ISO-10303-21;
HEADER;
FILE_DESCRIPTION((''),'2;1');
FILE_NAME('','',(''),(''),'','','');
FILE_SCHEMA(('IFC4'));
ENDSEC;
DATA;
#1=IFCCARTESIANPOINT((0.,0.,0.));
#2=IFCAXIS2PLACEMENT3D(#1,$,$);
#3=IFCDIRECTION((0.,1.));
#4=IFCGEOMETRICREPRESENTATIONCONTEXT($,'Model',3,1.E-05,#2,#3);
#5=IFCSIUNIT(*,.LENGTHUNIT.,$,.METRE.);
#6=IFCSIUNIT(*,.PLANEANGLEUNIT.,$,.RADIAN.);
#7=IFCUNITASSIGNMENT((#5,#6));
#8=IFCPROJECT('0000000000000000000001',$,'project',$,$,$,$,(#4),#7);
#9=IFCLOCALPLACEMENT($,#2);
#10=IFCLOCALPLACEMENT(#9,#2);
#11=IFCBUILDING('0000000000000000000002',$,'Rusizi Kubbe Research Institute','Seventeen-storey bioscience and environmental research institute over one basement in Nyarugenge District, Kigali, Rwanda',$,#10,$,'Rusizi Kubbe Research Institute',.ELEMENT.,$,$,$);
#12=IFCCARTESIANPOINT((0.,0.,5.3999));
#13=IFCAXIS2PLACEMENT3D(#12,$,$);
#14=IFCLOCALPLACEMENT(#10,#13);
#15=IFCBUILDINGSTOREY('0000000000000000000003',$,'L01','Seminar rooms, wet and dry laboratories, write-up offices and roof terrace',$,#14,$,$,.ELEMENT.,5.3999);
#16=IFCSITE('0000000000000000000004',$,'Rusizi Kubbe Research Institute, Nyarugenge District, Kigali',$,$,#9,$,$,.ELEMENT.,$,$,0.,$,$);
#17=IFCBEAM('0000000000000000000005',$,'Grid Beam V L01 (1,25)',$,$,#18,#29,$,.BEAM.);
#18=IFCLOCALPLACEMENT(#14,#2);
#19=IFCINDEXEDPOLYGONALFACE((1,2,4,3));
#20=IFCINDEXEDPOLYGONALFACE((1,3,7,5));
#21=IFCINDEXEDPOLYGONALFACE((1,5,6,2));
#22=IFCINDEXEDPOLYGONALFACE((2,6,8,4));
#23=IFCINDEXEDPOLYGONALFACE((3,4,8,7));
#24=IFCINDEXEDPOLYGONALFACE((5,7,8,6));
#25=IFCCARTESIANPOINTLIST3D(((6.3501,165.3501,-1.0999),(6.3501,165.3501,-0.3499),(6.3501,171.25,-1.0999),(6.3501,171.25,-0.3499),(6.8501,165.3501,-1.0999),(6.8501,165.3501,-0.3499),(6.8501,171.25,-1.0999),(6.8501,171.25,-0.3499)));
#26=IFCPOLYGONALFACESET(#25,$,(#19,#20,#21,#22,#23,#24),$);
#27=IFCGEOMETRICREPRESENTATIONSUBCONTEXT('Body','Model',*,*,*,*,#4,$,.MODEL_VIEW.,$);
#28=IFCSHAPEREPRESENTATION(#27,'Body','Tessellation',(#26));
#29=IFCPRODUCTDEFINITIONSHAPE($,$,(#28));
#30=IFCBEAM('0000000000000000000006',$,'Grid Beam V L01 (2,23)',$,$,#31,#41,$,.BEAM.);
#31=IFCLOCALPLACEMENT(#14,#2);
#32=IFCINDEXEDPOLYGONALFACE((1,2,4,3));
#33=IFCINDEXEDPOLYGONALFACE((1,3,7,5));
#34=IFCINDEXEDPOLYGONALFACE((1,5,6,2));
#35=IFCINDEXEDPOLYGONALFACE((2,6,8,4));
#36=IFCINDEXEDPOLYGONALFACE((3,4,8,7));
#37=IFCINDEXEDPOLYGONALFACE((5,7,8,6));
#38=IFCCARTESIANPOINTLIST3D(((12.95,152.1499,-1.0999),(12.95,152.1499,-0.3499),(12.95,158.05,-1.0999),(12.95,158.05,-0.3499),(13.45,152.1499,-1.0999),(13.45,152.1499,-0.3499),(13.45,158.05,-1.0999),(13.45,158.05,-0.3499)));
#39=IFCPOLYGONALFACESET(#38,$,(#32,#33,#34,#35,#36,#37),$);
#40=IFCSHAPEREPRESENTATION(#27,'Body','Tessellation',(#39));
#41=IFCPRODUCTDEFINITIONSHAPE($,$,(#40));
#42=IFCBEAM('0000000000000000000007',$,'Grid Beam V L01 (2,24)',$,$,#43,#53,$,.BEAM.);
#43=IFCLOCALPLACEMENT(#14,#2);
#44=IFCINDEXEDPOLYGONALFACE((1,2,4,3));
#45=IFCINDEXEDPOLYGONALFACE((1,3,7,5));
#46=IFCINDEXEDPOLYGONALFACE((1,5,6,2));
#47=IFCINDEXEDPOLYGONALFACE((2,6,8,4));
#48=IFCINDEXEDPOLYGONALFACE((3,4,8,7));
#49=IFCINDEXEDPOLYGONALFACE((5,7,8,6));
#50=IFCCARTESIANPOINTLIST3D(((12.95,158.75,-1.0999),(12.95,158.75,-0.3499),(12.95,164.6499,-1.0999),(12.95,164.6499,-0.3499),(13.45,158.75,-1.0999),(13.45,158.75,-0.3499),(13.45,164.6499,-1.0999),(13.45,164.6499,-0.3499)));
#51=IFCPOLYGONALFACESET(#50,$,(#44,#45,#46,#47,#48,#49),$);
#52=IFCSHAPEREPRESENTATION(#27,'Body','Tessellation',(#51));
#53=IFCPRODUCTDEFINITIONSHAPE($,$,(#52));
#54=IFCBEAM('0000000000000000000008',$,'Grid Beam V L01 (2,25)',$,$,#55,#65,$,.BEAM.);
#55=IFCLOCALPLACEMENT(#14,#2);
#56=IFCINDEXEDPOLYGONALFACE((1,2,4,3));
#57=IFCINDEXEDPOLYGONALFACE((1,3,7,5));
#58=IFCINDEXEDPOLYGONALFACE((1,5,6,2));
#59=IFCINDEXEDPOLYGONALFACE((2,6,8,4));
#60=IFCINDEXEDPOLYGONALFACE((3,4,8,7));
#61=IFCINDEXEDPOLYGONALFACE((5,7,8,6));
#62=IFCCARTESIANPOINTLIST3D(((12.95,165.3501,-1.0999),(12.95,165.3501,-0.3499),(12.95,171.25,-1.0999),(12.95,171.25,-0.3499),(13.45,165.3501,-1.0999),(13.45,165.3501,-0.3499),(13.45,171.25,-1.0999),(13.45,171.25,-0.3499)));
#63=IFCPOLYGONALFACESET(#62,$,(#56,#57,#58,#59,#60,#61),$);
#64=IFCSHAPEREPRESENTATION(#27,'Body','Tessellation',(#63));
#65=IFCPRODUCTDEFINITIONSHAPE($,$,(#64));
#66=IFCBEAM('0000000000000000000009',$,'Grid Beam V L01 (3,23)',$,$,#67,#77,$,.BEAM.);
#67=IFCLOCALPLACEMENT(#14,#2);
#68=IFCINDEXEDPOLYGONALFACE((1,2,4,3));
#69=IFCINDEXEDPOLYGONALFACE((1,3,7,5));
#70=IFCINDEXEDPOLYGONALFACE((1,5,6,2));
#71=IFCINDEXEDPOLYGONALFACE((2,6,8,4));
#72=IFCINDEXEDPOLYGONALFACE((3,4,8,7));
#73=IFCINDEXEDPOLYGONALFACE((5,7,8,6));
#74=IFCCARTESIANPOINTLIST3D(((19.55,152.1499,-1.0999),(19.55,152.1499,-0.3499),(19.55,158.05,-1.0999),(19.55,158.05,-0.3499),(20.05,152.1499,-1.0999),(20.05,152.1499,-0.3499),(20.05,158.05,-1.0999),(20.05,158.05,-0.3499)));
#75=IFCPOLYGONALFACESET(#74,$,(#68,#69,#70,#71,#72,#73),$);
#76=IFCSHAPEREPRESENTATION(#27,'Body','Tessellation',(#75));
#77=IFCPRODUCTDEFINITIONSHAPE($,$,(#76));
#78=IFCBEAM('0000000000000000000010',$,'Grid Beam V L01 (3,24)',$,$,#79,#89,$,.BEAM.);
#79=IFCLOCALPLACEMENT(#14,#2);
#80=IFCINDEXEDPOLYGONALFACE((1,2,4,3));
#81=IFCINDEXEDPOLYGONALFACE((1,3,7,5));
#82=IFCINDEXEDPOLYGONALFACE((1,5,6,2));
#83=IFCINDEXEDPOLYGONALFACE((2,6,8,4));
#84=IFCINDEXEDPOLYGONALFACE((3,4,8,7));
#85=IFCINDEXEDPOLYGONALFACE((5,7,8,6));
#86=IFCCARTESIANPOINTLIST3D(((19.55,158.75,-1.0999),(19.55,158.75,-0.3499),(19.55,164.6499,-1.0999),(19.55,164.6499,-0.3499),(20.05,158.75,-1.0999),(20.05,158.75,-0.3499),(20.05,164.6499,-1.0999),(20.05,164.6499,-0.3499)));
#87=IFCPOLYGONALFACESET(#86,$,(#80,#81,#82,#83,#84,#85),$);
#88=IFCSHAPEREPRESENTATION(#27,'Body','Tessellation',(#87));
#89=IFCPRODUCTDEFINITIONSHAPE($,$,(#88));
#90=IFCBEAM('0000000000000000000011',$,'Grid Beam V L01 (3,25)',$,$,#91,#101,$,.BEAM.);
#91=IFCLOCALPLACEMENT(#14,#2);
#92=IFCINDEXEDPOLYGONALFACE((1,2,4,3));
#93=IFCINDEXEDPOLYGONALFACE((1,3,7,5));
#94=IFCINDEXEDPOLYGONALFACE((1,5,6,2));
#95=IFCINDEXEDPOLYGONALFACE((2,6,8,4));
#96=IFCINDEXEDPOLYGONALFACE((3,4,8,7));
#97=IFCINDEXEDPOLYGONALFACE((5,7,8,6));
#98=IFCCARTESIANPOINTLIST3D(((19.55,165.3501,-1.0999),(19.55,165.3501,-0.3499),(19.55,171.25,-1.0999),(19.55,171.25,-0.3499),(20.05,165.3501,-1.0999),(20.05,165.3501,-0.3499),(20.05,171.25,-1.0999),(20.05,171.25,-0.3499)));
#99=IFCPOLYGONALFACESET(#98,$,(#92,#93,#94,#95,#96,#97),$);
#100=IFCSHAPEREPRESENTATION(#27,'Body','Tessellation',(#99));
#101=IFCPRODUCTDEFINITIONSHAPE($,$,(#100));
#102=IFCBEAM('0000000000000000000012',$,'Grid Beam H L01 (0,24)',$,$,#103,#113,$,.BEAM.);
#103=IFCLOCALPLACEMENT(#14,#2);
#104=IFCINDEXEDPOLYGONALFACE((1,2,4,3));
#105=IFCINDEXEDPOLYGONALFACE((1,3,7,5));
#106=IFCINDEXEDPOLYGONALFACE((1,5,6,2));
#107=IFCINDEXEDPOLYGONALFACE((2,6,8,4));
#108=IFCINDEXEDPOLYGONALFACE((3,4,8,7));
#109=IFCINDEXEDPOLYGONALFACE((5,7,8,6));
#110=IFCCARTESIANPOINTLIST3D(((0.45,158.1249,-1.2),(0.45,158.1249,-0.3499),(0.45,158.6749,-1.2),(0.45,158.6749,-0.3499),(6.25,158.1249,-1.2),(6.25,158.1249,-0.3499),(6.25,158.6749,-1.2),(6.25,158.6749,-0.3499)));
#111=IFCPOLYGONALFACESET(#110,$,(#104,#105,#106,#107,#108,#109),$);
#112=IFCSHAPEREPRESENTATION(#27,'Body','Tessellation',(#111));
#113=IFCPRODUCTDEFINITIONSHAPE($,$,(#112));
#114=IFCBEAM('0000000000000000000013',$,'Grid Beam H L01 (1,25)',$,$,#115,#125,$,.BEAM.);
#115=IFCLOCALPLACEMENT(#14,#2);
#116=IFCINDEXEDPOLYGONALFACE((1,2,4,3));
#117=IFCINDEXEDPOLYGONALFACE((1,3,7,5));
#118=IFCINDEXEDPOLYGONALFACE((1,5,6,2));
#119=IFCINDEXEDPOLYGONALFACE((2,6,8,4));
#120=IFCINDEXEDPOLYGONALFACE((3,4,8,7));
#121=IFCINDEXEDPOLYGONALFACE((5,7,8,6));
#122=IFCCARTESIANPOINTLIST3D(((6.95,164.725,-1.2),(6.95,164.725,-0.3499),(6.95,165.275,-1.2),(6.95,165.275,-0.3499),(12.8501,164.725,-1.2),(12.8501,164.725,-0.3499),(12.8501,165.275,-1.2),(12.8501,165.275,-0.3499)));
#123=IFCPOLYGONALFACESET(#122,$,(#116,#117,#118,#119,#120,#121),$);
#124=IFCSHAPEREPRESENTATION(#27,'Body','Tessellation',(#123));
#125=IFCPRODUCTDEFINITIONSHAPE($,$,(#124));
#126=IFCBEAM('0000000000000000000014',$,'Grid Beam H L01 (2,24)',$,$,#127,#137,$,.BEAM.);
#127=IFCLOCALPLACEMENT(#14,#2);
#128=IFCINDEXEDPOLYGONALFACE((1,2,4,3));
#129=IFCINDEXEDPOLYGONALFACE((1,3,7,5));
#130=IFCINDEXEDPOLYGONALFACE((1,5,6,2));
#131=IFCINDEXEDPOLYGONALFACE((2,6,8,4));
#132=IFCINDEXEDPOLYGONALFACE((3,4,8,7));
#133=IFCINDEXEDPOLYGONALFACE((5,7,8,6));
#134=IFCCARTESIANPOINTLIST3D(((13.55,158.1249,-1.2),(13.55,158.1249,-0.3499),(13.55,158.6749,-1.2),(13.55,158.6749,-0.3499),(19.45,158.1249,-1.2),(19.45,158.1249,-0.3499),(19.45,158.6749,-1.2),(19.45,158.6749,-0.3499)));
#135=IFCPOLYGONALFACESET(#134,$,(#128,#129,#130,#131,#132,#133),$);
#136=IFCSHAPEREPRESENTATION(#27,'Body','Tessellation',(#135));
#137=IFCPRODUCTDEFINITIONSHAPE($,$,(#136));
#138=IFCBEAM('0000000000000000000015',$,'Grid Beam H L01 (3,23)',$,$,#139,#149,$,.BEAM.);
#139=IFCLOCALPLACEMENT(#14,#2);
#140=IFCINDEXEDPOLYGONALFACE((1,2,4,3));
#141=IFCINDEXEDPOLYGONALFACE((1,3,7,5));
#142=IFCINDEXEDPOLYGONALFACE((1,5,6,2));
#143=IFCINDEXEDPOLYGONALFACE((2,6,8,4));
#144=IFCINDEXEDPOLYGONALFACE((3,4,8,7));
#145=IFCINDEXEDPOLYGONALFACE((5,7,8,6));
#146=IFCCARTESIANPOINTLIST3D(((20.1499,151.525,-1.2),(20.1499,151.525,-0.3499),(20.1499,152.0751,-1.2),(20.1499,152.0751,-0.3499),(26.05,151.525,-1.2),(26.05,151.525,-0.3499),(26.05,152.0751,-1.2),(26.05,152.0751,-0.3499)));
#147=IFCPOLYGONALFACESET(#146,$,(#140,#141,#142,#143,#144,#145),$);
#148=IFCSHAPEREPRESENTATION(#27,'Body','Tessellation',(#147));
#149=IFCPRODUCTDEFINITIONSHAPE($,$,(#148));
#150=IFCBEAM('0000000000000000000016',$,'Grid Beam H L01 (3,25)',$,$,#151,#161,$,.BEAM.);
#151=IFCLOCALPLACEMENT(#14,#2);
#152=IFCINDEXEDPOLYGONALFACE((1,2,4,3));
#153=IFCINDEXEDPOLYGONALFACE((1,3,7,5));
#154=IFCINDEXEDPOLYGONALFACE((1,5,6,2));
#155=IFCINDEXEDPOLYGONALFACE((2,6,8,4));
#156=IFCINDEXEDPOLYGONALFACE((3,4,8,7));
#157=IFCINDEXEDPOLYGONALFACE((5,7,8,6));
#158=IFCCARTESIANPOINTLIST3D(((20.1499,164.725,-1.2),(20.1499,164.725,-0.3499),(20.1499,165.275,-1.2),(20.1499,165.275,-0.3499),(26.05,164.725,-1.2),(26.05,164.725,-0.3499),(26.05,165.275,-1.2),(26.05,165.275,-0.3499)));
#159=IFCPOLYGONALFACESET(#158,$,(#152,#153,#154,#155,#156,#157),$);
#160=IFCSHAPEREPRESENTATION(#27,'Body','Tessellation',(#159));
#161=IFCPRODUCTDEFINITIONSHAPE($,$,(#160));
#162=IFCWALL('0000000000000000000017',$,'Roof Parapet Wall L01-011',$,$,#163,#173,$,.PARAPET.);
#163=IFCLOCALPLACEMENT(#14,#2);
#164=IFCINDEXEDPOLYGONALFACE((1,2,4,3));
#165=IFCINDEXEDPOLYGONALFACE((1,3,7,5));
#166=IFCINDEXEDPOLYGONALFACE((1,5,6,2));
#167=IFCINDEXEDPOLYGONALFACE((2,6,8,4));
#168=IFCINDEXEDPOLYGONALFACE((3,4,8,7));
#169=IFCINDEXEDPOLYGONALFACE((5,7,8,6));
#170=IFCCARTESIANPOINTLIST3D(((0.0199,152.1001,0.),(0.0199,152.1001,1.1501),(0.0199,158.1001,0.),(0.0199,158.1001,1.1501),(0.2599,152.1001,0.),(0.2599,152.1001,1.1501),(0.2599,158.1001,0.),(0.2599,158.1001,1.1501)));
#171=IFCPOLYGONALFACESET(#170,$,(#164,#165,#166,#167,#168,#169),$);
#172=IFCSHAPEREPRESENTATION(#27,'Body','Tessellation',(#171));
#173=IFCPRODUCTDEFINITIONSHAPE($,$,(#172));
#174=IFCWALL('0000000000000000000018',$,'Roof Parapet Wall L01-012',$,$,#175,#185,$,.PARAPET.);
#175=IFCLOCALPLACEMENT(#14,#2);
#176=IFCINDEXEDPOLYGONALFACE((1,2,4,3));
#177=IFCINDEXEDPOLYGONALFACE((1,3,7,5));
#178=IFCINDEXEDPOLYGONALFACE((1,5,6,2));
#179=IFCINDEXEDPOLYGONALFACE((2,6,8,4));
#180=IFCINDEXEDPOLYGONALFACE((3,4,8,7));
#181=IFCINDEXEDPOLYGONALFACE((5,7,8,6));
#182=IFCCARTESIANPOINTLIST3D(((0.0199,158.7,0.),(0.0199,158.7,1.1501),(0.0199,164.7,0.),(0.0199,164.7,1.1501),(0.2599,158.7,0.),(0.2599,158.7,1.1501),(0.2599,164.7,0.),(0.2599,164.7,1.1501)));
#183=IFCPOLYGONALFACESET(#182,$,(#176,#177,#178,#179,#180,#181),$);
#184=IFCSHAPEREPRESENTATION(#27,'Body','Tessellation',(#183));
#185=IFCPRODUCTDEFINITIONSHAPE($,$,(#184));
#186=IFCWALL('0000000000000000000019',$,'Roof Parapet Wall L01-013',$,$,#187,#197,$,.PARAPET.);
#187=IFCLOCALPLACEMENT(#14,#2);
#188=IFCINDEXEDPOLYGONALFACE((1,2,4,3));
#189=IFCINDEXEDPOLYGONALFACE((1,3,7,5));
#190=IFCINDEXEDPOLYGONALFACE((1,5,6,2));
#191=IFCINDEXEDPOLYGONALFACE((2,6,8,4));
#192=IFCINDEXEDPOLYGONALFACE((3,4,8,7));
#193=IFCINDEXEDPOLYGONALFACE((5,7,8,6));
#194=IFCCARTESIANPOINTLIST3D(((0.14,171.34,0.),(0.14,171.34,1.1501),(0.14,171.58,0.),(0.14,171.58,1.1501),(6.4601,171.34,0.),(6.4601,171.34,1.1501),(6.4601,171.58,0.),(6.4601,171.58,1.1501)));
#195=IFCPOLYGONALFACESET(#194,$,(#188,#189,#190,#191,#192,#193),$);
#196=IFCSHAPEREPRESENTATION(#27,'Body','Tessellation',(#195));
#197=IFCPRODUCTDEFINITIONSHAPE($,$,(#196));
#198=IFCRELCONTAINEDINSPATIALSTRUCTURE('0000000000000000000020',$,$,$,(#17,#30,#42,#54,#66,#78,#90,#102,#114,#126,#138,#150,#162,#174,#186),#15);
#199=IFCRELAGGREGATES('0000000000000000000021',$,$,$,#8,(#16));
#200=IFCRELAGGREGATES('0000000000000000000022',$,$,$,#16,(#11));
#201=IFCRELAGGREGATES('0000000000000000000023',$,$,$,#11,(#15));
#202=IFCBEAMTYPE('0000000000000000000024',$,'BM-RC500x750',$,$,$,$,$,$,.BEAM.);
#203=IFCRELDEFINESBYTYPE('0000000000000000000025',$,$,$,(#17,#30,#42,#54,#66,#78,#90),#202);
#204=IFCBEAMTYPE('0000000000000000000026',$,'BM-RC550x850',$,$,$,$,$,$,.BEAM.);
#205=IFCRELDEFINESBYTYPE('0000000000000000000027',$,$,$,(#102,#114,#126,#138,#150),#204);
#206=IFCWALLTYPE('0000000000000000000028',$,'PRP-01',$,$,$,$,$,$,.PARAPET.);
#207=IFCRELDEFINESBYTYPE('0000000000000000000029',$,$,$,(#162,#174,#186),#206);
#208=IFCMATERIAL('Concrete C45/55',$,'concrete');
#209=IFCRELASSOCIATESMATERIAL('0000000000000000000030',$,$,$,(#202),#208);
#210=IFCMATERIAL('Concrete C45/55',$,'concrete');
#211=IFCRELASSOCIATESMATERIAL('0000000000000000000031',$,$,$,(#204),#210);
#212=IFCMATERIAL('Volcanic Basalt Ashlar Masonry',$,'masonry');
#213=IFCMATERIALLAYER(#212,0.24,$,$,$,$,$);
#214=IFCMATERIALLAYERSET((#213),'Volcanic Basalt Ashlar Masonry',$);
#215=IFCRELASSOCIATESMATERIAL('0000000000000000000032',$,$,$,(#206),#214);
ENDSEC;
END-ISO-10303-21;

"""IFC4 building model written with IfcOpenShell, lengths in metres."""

from ifc_helpers import new_model, si_unit, direction, frame, frame_2d, origin, origin_2d, place, context, subcontext, project, spatial, rectangle, extrude, material, layer, layer_set, material_profile, profile_set, type_object, element, save


model = new_model("IFC4")

# Units and contexts
model_context = context("Model", 3, precision=1e-05, world=origin(), true_north=direction((0.0, 1.0)))
body_context = subcontext(model_context, "Body", "Model", "MODEL_VIEW")
ifc_project = project(units=[si_unit("LENGTHUNIT", "METRE"), si_unit("PLANEANGLEUNIT", "RADIAN")], contexts=[model_context])

# Site, building, storey
site_placement = place(None, origin())
site = spatial("IfcSite", under=ifc_project, at=site_placement, Name="Rusizi Kubbe Research Institute, Nyarugenge District, Kigali", CompositionType="ELEMENT", RefElevation=0.0)
building_placement = place(site_placement, origin())
building = spatial("IfcBuilding", under=site, at=building_placement, Name="Rusizi Kubbe Research Institute", Description="Seventeen-storey bioscience and environmental research institute over one basement in Nyarugenge District, Kigali, Rwanda", LongName="Rusizi Kubbe Research Institute", CompositionType="ELEMENT")
storey_placement = place(building_placement, frame((0.0, 0.0, 5.3999)))
storey = spatial("IfcBuildingStorey", under=building, at=storey_placement, Name="L01", Description="Seminar rooms, wet and dry laboratories, write-up offices and roof terrace", CompositionType="ELEMENT", Elevation=5.3999)

# Beams
ifc_material_1 = material(Name="Concrete C45/55", Category="concrete")
ifc_material_profile_1 = material_profile(ifc_material_1, rectangle(XDim=0.5, YDim=0.75, at=origin_2d()), Name="RC500x750B")
ifc_profile_set_1 = profile_set([ifc_material_profile_1], Name="Concrete C45/55")
beam_type_1 = type_object("IfcBeamType", Name="BM-RC500x750", PredefinedType="BEAM", material=ifc_profile_set_1)
for number, where, z_axis, x_axis, name in (
    (1, (6.6001, 165.3501, -0.7249), (0.0, 1.0, 0.0), (-1.0, 0.0, 0.0), "Grid Beam V L01 (1,25)"),
):
    element("IfcBeam", number, at=place(storey_placement, frame(where, z_axis=z_axis, x_axis=x_axis)), inside=storey, type_object=beam_type_1, Name=name, PredefinedType="BEAM", context=body_context, shape_type="SweptSolid", body=[
        extrude(rectangle(XDim=0.5, YDim=0.75, at=origin_2d()), origin(), (0.0, 0.0, 1.0), 5.8999),
    ])
beam_1_placement = place(storey_placement, frame((13.2, 152.1499, -0.7249), z_axis=(0.0, 1.0, 0.0), x_axis=(-1.0, 0.0, 0.0)))
element("IfcBeam", 2, at=beam_1_placement, inside=storey, type_object=beam_type_1, Name="Grid Beam V L01 (2,23)", PredefinedType="BEAM", context=body_context, shape_type="SweptSolid", body=[
    extrude(rectangle(XDim=0.5, YDim=0.75, at=origin_2d()), origin(), (0.0, 0.0, 1.0), 5.9001),
])
for number, where, z_axis, x_axis, name in (
    (3, (13.2, 158.75, -0.7249), (0.0, 1.0, 0.0), (-1.0, 0.0, 0.0), "Grid Beam V L01 (2,24)"),
    (4, (13.2, 165.3501, -0.7249), (0.0, 1.0, 0.0), (-1.0, 0.0, 0.0), "Grid Beam V L01 (2,25)"),
):
    element("IfcBeam", number, at=place(storey_placement, frame(where, z_axis=z_axis, x_axis=x_axis)), inside=storey, type_object=beam_type_1, Name=name, PredefinedType="BEAM", context=body_context, shape_type="SweptSolid", body=[
        extrude(rectangle(XDim=0.5, YDim=0.75, at=origin_2d()), origin(), (0.0, 0.0, 1.0), 5.8999),
    ])
beam_2_placement = place(storey_placement, frame((19.8, 152.1499, -0.7249), z_axis=(0.0, 1.0, 0.0), x_axis=(-1.0, 0.0, 0.0)))
element("IfcBeam", 5, at=beam_2_placement, inside=storey, type_object=beam_type_1, Name="Grid Beam V L01 (3,23)", PredefinedType="BEAM", context=body_context, shape_type="SweptSolid", body=[
    extrude(rectangle(XDim=0.5, YDim=0.75, at=origin_2d()), origin(), (0.0, 0.0, 1.0), 5.9001),
])
for number, where, z_axis, x_axis, name in (
    (6, (19.8, 158.75, -0.7249), (0.0, 1.0, 0.0), (-1.0, 0.0, 0.0), "Grid Beam V L01 (3,24)"),
    (7, (19.8, 165.3501, -0.7249), (0.0, 1.0, 0.0), (-1.0, 0.0, 0.0), "Grid Beam V L01 (3,25)"),
):
    element("IfcBeam", number, at=place(storey_placement, frame(where, z_axis=z_axis, x_axis=x_axis)), inside=storey, type_object=beam_type_1, Name=name, PredefinedType="BEAM", context=body_context, shape_type="SweptSolid", body=[
        extrude(rectangle(XDim=0.5, YDim=0.75, at=origin_2d()), origin(), (0.0, 0.0, 1.0), 5.8999),
    ])
ifc_material_2 = material(Name="Concrete C45/55", Category="concrete")
ifc_material_profile_2 = material_profile(ifc_material_2, rectangle(XDim=0.55, YDim=0.8501, at=origin_2d()), Name="RC550x850")
ifc_profile_set_2 = profile_set([ifc_material_profile_2], Name="Concrete C45/55")
beam_type_2 = type_object("IfcBeamType", Name="BM-RC550x850", PredefinedType="BEAM", material=ifc_profile_set_2)
beam_3_placement = place(storey_placement, frame((0.45, 158.3999, -0.7749), z_axis=(1.0, 0.0, 0.0), x_axis=(0.0, 1.0, 0.0)))
element("IfcBeam", 8, at=beam_3_placement, inside=storey, type_object=beam_type_2, Name="Grid Beam H L01 (0,24)", PredefinedType="BEAM", context=body_context, shape_type="SweptSolid", body=[
    extrude(rectangle(XDim=0.55, YDim=0.8501, at=origin_2d()), origin(), (0.0, 0.0, 1.0), 5.8),
])
beam_4_placement = place(storey_placement, frame((6.95, 165.0, -0.7749), z_axis=(1.0, 0.0, 0.0), x_axis=(0.0, 1.0, 0.0)))
element("IfcBeam", 9, at=beam_4_placement, inside=storey, type_object=beam_type_2, Name="Grid Beam H L01 (1,25)", PredefinedType="BEAM", context=body_context, shape_type="SweptSolid", body=[
    extrude(rectangle(XDim=0.55, YDim=0.8501, at=origin_2d()), origin(), (0.0, 0.0, 1.0), 5.9001),
])
beam_5_placement = place(storey_placement, frame((13.55, 158.3999, -0.7749), z_axis=(1.0, 0.0, 0.0), x_axis=(0.0, 1.0, 0.0)))
element("IfcBeam", 10, at=beam_5_placement, inside=storey, type_object=beam_type_2, Name="Grid Beam H L01 (2,24)", PredefinedType="BEAM", context=body_context, shape_type="SweptSolid", body=[
    extrude(rectangle(XDim=0.55, YDim=0.8501, at=origin_2d()), origin(), (0.0, 0.0, 1.0), 5.8999),
])
for number, where, z_axis, x_axis, name in (
    (11, (20.1499, 151.8, -0.7749), (1.0, 0.0, 0.0), (0.0, 1.0, 0.0), "Grid Beam H L01 (3,23)"),
    (12, (20.1499, 165.0, -0.7749), (1.0, 0.0, 0.0), (0.0, 1.0, 0.0), "Grid Beam H L01 (3,25)"),
):
    element("IfcBeam", number, at=place(storey_placement, frame(where, z_axis=z_axis, x_axis=x_axis)), inside=storey, type_object=beam_type_2, Name=name, PredefinedType="BEAM", context=body_context, shape_type="SweptSolid", body=[
        extrude(rectangle(XDim=0.55, YDim=0.8501, at=origin_2d()), origin(), (0.0, 0.0, 1.0), 5.9001),
    ])

# Walls
ifc_material_3 = material(Name="Volcanic Basalt Ashlar Masonry", Category="masonry")
ifc_layer = layer(ifc_material_3, 0.24)
ifc_layer_set = layer_set([ifc_layer], Name="Volcanic Basalt Ashlar Masonry")
wall_type = type_object("IfcWallType", Name="PRP-01", PredefinedType="PARAPET", material=ifc_layer_set)
for number, where, z_axis, x_axis, name in (
    (13, (0.1399, 152.1001, 0.0), (0.0, 0.0, 1.0), (0.0, 1.0, 0.0), "Roof Parapet Wall L01-011"),
    (14, (0.1399, 158.7, 0.0), (0.0, 0.0, 1.0), (0.0, 1.0, 0.0), "Roof Parapet Wall L01-012"),
):
    element("IfcWall", number, at=place(storey_placement, frame(where, z_axis=z_axis, x_axis=x_axis)), inside=storey, type_object=wall_type, Name=name, PredefinedType="PARAPET", context=body_context, shape_type="SweptSolid", body=[
        extrude(rectangle(XDim=6.0, YDim=0.24, at=frame_2d((3.0, 0.0))), origin(), (0.0, 0.0, 1.0), 1.1501),
    ])
wall_1_placement = place(storey_placement, frame((0.1399, 171.46, 0.0), z_axis=(0.0, 0.0, 1.0), x_axis=(1.0, 0.0, 0.0)))
element("IfcWall", 15, at=wall_1_placement, inside=storey, type_object=wall_type, Name="Roof Parapet Wall L01-013", PredefinedType="PARAPET", context=body_context, shape_type="SweptSolid", body=[
    extrude(rectangle(XDim=6.3201, YDim=0.24, at=frame_2d((3.1602, 0.0))), origin(), (0.0, 0.0, 1.0), 1.1501),
])

save(model, "model.ifc")
